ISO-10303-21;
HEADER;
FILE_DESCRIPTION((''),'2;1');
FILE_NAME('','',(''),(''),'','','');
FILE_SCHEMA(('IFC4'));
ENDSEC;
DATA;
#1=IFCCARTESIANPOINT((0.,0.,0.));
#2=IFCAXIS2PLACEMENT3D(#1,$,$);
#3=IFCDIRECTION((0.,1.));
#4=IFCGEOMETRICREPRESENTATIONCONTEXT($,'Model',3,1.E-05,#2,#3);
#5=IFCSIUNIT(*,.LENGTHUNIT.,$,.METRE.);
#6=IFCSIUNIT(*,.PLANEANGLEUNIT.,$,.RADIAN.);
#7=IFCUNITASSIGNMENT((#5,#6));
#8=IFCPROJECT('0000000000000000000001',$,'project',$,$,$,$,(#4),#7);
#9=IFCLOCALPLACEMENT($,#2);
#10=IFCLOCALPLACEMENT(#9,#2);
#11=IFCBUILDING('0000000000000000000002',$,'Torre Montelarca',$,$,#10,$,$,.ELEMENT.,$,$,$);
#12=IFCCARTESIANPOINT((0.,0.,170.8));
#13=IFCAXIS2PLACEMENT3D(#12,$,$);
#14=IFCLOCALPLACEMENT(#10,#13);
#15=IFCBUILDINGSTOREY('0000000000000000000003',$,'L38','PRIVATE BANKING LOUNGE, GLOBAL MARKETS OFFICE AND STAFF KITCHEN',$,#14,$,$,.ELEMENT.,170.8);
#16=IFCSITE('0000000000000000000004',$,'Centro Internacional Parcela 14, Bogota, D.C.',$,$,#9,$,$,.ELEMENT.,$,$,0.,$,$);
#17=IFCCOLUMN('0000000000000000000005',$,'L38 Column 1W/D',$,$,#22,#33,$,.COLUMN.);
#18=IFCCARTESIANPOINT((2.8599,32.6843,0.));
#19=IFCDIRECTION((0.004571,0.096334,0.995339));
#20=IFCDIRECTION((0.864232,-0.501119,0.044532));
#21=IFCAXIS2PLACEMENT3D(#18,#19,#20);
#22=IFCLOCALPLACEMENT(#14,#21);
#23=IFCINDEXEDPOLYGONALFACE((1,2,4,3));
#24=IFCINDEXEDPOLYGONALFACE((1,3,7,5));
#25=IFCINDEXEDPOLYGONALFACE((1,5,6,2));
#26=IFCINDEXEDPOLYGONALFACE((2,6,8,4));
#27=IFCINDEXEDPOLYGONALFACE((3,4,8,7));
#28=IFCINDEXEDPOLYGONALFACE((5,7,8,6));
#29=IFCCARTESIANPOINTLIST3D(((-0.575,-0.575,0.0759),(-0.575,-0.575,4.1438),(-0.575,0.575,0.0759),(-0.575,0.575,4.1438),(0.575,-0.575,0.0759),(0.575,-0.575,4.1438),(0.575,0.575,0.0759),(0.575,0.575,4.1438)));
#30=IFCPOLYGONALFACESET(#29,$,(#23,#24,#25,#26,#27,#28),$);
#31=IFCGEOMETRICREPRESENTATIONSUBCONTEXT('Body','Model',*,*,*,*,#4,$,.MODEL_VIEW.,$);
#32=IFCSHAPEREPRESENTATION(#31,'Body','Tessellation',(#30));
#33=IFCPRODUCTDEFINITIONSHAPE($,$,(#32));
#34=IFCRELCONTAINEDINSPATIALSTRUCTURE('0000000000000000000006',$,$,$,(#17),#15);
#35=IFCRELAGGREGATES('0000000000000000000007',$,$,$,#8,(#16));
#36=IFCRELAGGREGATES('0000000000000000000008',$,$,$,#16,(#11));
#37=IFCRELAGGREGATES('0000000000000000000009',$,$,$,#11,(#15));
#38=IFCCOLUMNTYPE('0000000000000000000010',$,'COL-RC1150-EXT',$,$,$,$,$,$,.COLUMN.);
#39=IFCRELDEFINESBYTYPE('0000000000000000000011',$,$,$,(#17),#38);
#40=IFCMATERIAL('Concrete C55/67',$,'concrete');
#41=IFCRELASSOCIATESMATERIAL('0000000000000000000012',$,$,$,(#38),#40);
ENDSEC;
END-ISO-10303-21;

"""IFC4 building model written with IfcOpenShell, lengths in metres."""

from ifc_helpers import new_model, si_unit, direction, frame, origin, origin_2d, place, context, subcontext, project, spatial, rectangle, extrude, clip, halfspace, material, material_profile, profile_set, type_object, element, save


model = new_model("IFC4")

# Units and contexts
model_context = context("Model", 3, precision=1e-05, world=origin(), true_north=direction((0.0, 1.0)))
body_context = subcontext(model_context, "Body", "Model", "MODEL_VIEW")
ifc_project = project(units=[si_unit("LENGTHUNIT", "METRE"), si_unit("PLANEANGLEUNIT", "RADIAN")], contexts=[model_context])

# Site, building, storey
site_placement = place(None, origin())
site = spatial("IfcSite", under=ifc_project, at=site_placement, Name="Centro Internacional Parcela 14, Bogota, D.C.", CompositionType="ELEMENT", RefElevation=0.0)
building_placement = place(site_placement, origin())
building = spatial("IfcBuilding", under=site, at=building_placement, Name="Torre Montelarca", CompositionType="ELEMENT")
storey_placement = place(building_placement, frame((0.0, 0.0, 170.8)))
storey = spatial("IfcBuildingStorey", under=building, at=storey_placement, Name="L38", Description="PRIVATE BANKING LOUNGE, GLOBAL MARKETS OFFICE AND STAFF KITCHEN", CompositionType="ELEMENT", Elevation=170.8)

# Column
ifc_material_1 = material(Name="Concrete C55/67", Category="concrete")
ifc_material_profile_1 = material_profile(ifc_material_1, rectangle(XDim=1.1499, YDim=1.1499, at=origin_2d()), Name="RC1150X1150", Category="concrete")
ifc_profile_set_1 = profile_set([ifc_material_profile_1], Name="Concrete C55/67")
column_type = type_object("IfcColumnType", Name="COL-RC1150-EXT", PredefinedType="COLUMN", material=ifc_profile_set_1)
column_placement = place(storey_placement, frame((2.8599, 32.6843, 0.0), z_axis=(0.004571, 0.096334, 0.995339), x_axis=(0.864232, -0.501119, 0.044532)))
element("IfcColumn", 1, at=column_placement, inside=storey, type_object=column_type, Name="L38 Column 1W/D", PredefinedType="COLUMN", context=body_context, shape_type="Clipping", body=[
    clip(clip(extrude(rectangle(XDim=1.1499, YDim=1.1499, at=origin_2d()), origin(), (0.0, 0.0, 1.0), 4.2197), halfspace(frame((0.0, 0.0, 0.0759), z_axis=(0.0, 0.0, -1.0), x_axis=(1.0, 0.0, 0.0)), False)), halfspace(frame((0.0, 0.0, 4.1438), z_axis=(0.0, 0.0, 1.0), x_axis=(1.0, 0.0, 0.0)), False)),
])

save(model, "model.ifc")
